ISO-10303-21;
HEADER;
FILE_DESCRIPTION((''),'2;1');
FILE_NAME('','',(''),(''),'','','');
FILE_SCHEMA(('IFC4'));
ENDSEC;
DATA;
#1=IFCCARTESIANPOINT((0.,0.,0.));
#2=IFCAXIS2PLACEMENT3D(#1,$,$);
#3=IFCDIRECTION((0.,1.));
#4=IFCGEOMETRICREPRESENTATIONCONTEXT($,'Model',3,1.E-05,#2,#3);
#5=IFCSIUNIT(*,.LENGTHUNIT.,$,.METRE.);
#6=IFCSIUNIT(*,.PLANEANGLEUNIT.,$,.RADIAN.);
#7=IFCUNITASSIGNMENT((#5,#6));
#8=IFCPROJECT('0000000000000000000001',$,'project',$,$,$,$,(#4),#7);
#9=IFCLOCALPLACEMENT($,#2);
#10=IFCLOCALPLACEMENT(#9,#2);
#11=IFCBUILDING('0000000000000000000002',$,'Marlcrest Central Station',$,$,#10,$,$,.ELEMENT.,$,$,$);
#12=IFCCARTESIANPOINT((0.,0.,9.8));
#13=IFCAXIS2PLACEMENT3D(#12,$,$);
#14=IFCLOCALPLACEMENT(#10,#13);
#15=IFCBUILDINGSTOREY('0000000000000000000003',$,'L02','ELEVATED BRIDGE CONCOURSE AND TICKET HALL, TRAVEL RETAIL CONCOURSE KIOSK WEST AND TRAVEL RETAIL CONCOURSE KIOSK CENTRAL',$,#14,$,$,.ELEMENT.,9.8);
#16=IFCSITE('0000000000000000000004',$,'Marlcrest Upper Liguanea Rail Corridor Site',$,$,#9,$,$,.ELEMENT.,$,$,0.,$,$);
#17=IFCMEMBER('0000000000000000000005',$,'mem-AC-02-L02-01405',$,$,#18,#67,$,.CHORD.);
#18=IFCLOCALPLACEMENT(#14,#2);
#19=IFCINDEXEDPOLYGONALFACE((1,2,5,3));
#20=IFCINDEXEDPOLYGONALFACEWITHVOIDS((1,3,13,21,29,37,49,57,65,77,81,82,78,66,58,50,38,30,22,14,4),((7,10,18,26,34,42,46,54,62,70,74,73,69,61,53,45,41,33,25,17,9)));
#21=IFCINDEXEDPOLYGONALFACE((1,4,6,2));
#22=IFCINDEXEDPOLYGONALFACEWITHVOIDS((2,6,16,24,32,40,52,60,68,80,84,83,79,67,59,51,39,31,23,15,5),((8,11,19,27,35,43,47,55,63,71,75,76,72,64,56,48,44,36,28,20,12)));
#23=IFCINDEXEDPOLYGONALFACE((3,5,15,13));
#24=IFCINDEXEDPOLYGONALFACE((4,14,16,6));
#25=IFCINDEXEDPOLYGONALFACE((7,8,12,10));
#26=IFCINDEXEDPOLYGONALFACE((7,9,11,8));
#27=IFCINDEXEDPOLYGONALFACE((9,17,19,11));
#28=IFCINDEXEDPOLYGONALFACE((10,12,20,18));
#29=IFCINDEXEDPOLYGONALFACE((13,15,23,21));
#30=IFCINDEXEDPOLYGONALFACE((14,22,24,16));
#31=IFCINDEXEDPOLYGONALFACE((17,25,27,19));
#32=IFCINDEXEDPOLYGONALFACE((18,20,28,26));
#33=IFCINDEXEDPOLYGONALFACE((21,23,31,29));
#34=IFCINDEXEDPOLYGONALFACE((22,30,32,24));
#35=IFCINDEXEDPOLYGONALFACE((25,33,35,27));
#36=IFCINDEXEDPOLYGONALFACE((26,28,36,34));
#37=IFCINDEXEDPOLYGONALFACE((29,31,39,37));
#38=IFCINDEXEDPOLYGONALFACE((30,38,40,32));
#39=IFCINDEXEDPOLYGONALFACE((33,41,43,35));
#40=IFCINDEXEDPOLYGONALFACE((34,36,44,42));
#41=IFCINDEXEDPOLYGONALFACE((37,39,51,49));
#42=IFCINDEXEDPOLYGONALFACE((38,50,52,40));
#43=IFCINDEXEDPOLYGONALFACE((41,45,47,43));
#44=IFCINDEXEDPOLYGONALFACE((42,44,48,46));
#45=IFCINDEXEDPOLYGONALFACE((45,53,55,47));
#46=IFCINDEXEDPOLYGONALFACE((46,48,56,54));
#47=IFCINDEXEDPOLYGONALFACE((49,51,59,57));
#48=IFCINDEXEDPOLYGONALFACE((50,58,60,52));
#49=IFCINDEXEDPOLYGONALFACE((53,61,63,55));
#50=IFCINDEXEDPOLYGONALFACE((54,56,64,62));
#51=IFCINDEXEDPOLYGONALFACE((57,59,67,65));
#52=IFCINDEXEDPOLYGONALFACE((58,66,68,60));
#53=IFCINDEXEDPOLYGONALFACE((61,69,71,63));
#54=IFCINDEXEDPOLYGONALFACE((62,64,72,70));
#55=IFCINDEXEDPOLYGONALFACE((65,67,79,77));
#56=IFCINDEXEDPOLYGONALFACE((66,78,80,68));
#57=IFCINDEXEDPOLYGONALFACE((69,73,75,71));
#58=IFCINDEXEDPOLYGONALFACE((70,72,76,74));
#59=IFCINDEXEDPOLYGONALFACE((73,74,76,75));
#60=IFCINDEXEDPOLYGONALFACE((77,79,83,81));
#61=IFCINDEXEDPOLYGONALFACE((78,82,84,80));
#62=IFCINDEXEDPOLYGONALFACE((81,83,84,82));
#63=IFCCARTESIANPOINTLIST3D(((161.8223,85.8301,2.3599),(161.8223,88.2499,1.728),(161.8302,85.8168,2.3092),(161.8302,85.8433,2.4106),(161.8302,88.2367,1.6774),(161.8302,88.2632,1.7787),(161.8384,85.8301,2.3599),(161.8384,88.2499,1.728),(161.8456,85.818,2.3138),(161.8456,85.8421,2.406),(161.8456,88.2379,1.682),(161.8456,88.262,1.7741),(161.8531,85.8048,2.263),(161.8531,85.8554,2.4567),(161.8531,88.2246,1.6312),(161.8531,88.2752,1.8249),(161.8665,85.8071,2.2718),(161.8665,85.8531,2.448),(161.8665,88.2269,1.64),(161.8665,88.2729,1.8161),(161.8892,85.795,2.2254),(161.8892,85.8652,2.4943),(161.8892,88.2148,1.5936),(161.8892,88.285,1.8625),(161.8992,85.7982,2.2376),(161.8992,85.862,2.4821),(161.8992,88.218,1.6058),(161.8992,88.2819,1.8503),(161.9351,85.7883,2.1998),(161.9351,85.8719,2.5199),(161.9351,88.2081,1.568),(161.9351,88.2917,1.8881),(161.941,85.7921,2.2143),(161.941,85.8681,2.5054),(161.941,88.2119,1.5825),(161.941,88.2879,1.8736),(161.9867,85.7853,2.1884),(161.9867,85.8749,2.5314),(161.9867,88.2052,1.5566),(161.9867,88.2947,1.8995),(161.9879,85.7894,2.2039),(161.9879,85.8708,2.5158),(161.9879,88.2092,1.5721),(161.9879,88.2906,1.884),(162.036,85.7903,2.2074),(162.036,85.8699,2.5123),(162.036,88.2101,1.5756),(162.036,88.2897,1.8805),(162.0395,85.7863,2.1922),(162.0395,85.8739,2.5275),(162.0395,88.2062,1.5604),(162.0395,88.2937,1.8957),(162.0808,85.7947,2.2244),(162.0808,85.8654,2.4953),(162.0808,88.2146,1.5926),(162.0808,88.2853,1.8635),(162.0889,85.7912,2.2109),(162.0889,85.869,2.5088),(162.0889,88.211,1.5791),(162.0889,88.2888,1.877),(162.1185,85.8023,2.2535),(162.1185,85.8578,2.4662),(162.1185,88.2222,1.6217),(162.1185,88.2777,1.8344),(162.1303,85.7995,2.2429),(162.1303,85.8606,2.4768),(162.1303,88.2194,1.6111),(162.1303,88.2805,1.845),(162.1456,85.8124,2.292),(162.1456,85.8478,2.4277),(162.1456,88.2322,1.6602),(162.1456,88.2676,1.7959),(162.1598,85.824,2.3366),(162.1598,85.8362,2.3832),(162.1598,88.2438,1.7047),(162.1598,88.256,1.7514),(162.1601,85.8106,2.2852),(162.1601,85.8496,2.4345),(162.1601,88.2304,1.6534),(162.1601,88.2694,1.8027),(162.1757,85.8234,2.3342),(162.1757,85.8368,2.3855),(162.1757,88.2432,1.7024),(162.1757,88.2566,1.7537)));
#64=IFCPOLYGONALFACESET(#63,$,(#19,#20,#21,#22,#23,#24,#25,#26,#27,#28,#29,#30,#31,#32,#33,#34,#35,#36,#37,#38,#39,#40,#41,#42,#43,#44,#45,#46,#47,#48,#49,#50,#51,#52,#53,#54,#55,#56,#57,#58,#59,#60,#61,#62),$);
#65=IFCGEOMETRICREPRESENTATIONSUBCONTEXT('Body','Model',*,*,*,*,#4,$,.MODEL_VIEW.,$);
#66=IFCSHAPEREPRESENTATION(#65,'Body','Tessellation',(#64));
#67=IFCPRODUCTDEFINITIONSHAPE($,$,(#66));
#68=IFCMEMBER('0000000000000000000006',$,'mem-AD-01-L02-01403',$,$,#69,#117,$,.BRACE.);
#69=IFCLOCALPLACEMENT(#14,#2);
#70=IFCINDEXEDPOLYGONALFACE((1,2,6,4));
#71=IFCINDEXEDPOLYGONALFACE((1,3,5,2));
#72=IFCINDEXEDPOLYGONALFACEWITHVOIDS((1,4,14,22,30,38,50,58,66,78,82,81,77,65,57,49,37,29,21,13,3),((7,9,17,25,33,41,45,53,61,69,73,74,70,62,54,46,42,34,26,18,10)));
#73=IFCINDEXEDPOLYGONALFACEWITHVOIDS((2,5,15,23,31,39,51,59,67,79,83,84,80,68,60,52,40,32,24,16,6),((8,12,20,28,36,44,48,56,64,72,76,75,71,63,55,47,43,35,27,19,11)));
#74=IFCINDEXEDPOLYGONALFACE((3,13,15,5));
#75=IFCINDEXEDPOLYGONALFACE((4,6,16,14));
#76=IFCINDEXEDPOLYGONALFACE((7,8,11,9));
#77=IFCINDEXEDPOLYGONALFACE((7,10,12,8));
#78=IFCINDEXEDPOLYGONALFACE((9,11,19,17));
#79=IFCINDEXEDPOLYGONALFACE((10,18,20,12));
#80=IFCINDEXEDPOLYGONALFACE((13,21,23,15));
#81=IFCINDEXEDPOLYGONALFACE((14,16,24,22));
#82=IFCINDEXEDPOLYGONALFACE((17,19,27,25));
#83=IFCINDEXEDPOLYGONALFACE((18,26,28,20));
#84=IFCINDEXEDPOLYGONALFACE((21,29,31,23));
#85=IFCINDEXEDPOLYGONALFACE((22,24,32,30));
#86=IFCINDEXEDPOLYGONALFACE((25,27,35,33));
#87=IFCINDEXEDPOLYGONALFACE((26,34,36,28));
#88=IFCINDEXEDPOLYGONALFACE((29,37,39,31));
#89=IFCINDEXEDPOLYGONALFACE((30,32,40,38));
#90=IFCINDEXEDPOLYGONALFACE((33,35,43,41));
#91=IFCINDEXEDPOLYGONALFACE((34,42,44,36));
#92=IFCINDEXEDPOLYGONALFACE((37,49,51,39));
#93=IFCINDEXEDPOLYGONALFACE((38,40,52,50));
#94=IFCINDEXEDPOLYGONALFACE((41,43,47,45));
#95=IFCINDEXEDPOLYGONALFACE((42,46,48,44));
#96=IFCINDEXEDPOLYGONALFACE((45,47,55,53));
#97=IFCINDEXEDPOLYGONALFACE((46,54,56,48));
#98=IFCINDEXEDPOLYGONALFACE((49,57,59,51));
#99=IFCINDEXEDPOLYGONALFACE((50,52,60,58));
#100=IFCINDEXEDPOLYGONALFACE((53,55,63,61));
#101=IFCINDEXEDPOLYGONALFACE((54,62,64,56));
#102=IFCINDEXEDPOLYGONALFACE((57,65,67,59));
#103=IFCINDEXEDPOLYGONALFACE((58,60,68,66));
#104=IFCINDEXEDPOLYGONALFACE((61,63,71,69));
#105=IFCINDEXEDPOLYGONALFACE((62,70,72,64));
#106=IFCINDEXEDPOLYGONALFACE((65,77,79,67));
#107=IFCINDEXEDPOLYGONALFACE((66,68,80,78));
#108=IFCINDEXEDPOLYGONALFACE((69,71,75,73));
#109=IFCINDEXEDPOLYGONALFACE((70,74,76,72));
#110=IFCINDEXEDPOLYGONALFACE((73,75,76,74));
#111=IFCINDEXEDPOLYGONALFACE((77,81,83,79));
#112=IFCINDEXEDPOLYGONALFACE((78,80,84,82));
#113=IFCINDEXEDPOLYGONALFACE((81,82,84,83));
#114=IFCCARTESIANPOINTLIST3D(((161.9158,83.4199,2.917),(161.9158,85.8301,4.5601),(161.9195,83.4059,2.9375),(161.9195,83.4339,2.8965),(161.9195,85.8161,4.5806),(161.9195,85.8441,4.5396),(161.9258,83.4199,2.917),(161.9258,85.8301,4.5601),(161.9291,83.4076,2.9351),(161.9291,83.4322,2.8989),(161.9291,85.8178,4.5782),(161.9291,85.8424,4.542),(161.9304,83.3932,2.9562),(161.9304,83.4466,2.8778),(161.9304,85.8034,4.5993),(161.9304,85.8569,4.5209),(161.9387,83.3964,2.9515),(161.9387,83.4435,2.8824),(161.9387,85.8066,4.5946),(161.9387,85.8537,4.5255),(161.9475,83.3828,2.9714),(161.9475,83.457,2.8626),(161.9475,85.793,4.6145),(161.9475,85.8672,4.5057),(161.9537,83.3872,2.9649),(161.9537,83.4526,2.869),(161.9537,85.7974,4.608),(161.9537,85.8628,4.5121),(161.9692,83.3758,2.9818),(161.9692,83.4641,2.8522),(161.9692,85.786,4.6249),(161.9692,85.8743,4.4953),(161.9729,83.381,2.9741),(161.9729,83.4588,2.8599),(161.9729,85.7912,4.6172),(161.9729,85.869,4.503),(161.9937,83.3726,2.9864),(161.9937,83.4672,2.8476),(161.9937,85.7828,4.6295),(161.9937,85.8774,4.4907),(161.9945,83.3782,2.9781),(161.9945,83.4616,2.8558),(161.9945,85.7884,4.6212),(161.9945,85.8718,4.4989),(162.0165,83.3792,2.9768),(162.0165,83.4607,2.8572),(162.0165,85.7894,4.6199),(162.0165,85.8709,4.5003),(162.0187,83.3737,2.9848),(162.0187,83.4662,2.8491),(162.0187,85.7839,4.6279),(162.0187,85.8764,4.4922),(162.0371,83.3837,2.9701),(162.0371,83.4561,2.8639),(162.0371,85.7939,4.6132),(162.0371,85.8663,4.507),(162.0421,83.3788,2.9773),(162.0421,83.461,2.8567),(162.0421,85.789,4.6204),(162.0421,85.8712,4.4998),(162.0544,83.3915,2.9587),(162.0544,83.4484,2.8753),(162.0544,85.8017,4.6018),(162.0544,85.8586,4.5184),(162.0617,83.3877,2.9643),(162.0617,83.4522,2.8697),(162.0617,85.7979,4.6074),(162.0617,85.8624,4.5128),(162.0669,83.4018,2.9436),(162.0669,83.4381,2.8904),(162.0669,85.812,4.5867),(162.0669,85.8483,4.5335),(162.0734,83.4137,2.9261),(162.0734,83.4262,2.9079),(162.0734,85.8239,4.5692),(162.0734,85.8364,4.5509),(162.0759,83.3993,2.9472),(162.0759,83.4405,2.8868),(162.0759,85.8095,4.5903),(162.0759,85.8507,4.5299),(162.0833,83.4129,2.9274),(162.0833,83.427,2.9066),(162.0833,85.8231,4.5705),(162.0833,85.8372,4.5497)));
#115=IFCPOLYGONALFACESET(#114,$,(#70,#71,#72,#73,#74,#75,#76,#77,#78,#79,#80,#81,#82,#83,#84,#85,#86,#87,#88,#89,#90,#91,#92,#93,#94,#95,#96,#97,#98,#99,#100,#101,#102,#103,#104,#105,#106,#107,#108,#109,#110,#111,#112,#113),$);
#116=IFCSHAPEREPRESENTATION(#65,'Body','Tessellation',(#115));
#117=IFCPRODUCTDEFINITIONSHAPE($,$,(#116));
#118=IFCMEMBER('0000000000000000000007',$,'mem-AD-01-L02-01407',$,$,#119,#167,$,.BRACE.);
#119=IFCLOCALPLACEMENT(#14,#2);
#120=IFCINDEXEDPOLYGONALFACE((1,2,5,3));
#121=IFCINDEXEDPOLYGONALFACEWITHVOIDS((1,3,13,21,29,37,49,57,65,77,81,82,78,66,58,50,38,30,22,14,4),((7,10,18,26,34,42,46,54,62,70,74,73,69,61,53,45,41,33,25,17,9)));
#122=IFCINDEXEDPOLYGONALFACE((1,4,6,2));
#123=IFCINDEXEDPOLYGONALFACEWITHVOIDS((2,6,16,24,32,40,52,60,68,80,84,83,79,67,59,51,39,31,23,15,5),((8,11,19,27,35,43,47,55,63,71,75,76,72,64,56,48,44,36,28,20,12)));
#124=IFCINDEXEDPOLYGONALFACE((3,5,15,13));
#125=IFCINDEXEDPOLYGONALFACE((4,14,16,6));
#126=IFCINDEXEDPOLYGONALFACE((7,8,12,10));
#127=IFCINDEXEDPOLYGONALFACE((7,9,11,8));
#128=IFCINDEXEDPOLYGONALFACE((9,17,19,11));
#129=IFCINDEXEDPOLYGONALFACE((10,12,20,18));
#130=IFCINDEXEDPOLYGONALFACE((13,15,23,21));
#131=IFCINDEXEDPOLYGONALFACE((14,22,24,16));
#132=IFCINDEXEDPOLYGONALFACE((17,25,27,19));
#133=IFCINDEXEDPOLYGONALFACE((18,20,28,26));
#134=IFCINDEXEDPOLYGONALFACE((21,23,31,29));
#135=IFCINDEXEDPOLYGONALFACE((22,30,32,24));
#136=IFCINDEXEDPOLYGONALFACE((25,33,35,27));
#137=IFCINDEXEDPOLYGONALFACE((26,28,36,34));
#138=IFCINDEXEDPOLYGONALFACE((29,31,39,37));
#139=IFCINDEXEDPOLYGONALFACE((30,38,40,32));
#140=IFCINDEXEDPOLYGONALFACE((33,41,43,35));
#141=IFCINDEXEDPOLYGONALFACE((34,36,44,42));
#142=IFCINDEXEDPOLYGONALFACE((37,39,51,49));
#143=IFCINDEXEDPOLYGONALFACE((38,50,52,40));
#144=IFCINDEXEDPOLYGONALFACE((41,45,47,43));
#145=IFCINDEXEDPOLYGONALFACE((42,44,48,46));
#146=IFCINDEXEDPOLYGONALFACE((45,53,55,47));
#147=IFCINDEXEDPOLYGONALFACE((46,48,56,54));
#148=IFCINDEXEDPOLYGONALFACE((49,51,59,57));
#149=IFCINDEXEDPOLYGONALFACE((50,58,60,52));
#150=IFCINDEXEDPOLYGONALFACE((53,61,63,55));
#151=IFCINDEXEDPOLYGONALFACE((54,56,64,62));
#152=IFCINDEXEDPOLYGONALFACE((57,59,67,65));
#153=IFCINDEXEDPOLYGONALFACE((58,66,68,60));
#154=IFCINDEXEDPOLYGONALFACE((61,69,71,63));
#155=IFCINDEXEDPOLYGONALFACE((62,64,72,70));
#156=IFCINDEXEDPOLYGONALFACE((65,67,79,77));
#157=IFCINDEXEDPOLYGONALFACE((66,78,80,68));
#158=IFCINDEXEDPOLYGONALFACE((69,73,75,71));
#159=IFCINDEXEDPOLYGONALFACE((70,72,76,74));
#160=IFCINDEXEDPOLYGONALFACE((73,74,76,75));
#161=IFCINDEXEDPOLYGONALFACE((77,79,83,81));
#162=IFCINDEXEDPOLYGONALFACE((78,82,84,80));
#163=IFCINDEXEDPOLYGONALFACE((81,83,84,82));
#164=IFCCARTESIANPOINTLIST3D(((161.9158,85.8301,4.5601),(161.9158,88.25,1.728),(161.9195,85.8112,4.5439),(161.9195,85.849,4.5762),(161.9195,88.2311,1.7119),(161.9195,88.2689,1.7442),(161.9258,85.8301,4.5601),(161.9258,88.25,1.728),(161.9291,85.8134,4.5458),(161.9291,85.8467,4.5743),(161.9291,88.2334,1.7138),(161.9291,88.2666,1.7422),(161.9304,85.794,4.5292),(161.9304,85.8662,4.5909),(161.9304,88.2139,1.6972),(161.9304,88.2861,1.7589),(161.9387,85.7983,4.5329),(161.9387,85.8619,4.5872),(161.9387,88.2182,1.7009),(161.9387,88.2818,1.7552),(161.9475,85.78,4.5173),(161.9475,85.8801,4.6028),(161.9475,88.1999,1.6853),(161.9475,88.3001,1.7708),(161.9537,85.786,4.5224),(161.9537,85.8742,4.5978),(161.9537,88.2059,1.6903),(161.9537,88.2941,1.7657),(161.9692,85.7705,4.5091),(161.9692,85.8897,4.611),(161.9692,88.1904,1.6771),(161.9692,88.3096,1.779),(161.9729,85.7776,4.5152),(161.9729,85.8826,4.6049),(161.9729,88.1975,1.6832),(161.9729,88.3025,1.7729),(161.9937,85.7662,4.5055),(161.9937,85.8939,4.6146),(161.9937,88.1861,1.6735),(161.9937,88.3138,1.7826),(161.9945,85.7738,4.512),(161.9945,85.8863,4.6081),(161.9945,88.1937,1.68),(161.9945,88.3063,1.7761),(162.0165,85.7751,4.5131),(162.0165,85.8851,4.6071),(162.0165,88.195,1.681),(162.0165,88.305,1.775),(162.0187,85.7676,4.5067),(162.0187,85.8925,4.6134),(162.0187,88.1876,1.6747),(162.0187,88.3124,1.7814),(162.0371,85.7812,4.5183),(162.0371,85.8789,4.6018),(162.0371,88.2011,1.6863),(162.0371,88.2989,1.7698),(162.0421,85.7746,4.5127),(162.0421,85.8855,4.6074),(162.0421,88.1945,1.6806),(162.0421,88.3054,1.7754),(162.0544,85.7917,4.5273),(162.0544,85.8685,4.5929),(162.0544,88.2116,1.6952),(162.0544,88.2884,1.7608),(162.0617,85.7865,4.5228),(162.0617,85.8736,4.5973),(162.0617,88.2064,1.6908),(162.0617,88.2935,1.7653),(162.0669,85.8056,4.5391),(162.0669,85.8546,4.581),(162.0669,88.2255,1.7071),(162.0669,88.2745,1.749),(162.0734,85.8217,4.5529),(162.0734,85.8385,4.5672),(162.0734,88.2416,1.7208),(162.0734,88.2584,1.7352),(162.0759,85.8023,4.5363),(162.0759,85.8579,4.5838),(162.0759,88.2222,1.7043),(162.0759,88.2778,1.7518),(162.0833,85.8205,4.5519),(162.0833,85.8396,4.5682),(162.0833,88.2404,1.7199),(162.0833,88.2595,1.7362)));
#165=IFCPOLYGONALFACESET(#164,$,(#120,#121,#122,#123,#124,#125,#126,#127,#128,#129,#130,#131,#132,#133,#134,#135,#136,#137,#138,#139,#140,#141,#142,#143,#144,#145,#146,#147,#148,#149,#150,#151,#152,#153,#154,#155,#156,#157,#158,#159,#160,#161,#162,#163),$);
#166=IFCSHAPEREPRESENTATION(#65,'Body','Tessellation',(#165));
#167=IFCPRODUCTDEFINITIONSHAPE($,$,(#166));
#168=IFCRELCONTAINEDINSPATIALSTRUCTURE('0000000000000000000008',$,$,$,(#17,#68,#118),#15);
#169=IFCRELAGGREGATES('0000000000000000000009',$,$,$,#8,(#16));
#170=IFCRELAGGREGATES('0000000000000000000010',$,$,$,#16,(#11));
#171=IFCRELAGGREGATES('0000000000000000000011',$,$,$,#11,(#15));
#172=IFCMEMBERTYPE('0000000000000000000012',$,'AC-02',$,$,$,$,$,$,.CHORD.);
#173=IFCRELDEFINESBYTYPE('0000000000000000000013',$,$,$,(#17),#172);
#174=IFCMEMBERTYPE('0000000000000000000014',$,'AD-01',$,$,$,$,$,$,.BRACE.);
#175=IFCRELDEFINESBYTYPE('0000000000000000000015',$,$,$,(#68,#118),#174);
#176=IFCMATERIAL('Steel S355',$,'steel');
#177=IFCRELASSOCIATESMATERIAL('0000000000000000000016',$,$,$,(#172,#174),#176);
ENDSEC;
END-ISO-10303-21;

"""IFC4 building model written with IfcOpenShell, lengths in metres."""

from ifc_helpers import new_model, si_unit, direction, frame, origin, origin_2d, place, context, subcontext, project, spatial, hollow_circle, extrude, material, material_profile, profile_set, type_object, element, save


model = new_model("IFC4")

# Units and contexts
model_context = context("Model", 3, precision=1e-05, world=origin(), true_north=direction((0.0, 1.0)))
body_context = subcontext(model_context, "Body", "Model", "MODEL_VIEW")
ifc_project = project(units=[si_unit("LENGTHUNIT", "METRE"), si_unit("PLANEANGLEUNIT", "RADIAN")], contexts=[model_context])

# Site, building, storey
site_placement = place(None, origin())
site = spatial("IfcSite", under=ifc_project, at=site_placement, Name="Marlcrest Upper Liguanea Rail Corridor Site", CompositionType="ELEMENT", RefElevation=0.0)
building_placement = place(site_placement, origin())
building = spatial("IfcBuilding", under=site, at=building_placement, Name="Marlcrest Central Station", CompositionType="ELEMENT")
storey_placement = place(building_placement, frame((0.0, 0.0, 9.8)))
storey = spatial("IfcBuildingStorey", under=building, at=storey_placement, Name="L02", Description="ELEVATED BRIDGE CONCOURSE AND TICKET HALL, TRAVEL RETAIL CONCOURSE KIOSK WEST AND TRAVEL RETAIL CONCOURSE KIOSK CENTRAL", CompositionType="ELEMENT", Elevation=9.8)

# Members
ifc_material_1 = material(Name="Steel S355", Category="steel")
ifc_material_profile_1 = material_profile(ifc_material_1, hollow_circle(Radius=0.1777, WallThickness=0.0161, at=origin_2d()), Name="CHS 355.6x16")
ifc_profile_set_1 = profile_set([ifc_material_profile_1], Name="Steel S355")
member_type_1 = type_object("IfcMemberType", Name="AC-02", PredefinedType="CHORD", material=ifc_profile_set_1)
member_1_placement = place(storey_placement, frame((162.0, 85.8301, 2.3599), z_axis=(0.0, 0.967563, -0.252629), x_axis=(-1.0, 0.0, 0.0)))
element("IfcMember", 1, at=member_1_placement, inside=storey, type_object=member_type_1, Name="mem-AC-02-L02-01405", PredefinedType="CHORD", context=body_context, shape_type="SweptSolid", body=[
    extrude(hollow_circle(Radius=0.1777, WallThickness=0.0161, at=origin_2d()), origin(), (0.0, 0.0, 1.0), 2.501),
])
ifc_material_profile_2 = material_profile(ifc_material_1, hollow_circle(Radius=0.0842, WallThickness=0.01, at=origin_2d()), Name="CHS 168.3x10")
ifc_profile_set_2 = profile_set([ifc_material_profile_2], Name="Steel S355")
member_type_2 = type_object("IfcMemberType", Name="AD-01", PredefinedType="BRACE", material=ifc_profile_set_2)
member_2_placement = place(storey_placement, frame((162.0, 83.4199, 2.917), z_axis=(0.0, 0.826263, 0.563285), x_axis=(-1.0, 0.0, 0.0)))
element("IfcMember", 2, at=member_2_placement, inside=storey, type_object=member_type_2, Name="mem-AD-01-L02-01403", PredefinedType="BRACE", context=body_context, shape_type="SweptSolid", body=[
    extrude(hollow_circle(Radius=0.0842, WallThickness=0.01, at=origin_2d()), origin(), (0.0, 0.0, 1.0), 2.917),
])
member_3_placement = place(storey_placement, frame((162.0, 85.8301, 4.5601), z_axis=(0.0, 0.649625, -0.760255), x_axis=(-1.0, 0.0, 0.0)))
element("IfcMember", 3, at=member_3_placement, inside=storey, type_object=member_type_2, Name="mem-AD-01-L02-01407", PredefinedType="BRACE", context=body_context, shape_type="SweptSolid", body=[
    extrude(hollow_circle(Radius=0.0842, WallThickness=0.01, at=origin_2d()), origin(), (0.0, 0.0, 1.0), 3.7251),
])

save(model, "model.ifc")
